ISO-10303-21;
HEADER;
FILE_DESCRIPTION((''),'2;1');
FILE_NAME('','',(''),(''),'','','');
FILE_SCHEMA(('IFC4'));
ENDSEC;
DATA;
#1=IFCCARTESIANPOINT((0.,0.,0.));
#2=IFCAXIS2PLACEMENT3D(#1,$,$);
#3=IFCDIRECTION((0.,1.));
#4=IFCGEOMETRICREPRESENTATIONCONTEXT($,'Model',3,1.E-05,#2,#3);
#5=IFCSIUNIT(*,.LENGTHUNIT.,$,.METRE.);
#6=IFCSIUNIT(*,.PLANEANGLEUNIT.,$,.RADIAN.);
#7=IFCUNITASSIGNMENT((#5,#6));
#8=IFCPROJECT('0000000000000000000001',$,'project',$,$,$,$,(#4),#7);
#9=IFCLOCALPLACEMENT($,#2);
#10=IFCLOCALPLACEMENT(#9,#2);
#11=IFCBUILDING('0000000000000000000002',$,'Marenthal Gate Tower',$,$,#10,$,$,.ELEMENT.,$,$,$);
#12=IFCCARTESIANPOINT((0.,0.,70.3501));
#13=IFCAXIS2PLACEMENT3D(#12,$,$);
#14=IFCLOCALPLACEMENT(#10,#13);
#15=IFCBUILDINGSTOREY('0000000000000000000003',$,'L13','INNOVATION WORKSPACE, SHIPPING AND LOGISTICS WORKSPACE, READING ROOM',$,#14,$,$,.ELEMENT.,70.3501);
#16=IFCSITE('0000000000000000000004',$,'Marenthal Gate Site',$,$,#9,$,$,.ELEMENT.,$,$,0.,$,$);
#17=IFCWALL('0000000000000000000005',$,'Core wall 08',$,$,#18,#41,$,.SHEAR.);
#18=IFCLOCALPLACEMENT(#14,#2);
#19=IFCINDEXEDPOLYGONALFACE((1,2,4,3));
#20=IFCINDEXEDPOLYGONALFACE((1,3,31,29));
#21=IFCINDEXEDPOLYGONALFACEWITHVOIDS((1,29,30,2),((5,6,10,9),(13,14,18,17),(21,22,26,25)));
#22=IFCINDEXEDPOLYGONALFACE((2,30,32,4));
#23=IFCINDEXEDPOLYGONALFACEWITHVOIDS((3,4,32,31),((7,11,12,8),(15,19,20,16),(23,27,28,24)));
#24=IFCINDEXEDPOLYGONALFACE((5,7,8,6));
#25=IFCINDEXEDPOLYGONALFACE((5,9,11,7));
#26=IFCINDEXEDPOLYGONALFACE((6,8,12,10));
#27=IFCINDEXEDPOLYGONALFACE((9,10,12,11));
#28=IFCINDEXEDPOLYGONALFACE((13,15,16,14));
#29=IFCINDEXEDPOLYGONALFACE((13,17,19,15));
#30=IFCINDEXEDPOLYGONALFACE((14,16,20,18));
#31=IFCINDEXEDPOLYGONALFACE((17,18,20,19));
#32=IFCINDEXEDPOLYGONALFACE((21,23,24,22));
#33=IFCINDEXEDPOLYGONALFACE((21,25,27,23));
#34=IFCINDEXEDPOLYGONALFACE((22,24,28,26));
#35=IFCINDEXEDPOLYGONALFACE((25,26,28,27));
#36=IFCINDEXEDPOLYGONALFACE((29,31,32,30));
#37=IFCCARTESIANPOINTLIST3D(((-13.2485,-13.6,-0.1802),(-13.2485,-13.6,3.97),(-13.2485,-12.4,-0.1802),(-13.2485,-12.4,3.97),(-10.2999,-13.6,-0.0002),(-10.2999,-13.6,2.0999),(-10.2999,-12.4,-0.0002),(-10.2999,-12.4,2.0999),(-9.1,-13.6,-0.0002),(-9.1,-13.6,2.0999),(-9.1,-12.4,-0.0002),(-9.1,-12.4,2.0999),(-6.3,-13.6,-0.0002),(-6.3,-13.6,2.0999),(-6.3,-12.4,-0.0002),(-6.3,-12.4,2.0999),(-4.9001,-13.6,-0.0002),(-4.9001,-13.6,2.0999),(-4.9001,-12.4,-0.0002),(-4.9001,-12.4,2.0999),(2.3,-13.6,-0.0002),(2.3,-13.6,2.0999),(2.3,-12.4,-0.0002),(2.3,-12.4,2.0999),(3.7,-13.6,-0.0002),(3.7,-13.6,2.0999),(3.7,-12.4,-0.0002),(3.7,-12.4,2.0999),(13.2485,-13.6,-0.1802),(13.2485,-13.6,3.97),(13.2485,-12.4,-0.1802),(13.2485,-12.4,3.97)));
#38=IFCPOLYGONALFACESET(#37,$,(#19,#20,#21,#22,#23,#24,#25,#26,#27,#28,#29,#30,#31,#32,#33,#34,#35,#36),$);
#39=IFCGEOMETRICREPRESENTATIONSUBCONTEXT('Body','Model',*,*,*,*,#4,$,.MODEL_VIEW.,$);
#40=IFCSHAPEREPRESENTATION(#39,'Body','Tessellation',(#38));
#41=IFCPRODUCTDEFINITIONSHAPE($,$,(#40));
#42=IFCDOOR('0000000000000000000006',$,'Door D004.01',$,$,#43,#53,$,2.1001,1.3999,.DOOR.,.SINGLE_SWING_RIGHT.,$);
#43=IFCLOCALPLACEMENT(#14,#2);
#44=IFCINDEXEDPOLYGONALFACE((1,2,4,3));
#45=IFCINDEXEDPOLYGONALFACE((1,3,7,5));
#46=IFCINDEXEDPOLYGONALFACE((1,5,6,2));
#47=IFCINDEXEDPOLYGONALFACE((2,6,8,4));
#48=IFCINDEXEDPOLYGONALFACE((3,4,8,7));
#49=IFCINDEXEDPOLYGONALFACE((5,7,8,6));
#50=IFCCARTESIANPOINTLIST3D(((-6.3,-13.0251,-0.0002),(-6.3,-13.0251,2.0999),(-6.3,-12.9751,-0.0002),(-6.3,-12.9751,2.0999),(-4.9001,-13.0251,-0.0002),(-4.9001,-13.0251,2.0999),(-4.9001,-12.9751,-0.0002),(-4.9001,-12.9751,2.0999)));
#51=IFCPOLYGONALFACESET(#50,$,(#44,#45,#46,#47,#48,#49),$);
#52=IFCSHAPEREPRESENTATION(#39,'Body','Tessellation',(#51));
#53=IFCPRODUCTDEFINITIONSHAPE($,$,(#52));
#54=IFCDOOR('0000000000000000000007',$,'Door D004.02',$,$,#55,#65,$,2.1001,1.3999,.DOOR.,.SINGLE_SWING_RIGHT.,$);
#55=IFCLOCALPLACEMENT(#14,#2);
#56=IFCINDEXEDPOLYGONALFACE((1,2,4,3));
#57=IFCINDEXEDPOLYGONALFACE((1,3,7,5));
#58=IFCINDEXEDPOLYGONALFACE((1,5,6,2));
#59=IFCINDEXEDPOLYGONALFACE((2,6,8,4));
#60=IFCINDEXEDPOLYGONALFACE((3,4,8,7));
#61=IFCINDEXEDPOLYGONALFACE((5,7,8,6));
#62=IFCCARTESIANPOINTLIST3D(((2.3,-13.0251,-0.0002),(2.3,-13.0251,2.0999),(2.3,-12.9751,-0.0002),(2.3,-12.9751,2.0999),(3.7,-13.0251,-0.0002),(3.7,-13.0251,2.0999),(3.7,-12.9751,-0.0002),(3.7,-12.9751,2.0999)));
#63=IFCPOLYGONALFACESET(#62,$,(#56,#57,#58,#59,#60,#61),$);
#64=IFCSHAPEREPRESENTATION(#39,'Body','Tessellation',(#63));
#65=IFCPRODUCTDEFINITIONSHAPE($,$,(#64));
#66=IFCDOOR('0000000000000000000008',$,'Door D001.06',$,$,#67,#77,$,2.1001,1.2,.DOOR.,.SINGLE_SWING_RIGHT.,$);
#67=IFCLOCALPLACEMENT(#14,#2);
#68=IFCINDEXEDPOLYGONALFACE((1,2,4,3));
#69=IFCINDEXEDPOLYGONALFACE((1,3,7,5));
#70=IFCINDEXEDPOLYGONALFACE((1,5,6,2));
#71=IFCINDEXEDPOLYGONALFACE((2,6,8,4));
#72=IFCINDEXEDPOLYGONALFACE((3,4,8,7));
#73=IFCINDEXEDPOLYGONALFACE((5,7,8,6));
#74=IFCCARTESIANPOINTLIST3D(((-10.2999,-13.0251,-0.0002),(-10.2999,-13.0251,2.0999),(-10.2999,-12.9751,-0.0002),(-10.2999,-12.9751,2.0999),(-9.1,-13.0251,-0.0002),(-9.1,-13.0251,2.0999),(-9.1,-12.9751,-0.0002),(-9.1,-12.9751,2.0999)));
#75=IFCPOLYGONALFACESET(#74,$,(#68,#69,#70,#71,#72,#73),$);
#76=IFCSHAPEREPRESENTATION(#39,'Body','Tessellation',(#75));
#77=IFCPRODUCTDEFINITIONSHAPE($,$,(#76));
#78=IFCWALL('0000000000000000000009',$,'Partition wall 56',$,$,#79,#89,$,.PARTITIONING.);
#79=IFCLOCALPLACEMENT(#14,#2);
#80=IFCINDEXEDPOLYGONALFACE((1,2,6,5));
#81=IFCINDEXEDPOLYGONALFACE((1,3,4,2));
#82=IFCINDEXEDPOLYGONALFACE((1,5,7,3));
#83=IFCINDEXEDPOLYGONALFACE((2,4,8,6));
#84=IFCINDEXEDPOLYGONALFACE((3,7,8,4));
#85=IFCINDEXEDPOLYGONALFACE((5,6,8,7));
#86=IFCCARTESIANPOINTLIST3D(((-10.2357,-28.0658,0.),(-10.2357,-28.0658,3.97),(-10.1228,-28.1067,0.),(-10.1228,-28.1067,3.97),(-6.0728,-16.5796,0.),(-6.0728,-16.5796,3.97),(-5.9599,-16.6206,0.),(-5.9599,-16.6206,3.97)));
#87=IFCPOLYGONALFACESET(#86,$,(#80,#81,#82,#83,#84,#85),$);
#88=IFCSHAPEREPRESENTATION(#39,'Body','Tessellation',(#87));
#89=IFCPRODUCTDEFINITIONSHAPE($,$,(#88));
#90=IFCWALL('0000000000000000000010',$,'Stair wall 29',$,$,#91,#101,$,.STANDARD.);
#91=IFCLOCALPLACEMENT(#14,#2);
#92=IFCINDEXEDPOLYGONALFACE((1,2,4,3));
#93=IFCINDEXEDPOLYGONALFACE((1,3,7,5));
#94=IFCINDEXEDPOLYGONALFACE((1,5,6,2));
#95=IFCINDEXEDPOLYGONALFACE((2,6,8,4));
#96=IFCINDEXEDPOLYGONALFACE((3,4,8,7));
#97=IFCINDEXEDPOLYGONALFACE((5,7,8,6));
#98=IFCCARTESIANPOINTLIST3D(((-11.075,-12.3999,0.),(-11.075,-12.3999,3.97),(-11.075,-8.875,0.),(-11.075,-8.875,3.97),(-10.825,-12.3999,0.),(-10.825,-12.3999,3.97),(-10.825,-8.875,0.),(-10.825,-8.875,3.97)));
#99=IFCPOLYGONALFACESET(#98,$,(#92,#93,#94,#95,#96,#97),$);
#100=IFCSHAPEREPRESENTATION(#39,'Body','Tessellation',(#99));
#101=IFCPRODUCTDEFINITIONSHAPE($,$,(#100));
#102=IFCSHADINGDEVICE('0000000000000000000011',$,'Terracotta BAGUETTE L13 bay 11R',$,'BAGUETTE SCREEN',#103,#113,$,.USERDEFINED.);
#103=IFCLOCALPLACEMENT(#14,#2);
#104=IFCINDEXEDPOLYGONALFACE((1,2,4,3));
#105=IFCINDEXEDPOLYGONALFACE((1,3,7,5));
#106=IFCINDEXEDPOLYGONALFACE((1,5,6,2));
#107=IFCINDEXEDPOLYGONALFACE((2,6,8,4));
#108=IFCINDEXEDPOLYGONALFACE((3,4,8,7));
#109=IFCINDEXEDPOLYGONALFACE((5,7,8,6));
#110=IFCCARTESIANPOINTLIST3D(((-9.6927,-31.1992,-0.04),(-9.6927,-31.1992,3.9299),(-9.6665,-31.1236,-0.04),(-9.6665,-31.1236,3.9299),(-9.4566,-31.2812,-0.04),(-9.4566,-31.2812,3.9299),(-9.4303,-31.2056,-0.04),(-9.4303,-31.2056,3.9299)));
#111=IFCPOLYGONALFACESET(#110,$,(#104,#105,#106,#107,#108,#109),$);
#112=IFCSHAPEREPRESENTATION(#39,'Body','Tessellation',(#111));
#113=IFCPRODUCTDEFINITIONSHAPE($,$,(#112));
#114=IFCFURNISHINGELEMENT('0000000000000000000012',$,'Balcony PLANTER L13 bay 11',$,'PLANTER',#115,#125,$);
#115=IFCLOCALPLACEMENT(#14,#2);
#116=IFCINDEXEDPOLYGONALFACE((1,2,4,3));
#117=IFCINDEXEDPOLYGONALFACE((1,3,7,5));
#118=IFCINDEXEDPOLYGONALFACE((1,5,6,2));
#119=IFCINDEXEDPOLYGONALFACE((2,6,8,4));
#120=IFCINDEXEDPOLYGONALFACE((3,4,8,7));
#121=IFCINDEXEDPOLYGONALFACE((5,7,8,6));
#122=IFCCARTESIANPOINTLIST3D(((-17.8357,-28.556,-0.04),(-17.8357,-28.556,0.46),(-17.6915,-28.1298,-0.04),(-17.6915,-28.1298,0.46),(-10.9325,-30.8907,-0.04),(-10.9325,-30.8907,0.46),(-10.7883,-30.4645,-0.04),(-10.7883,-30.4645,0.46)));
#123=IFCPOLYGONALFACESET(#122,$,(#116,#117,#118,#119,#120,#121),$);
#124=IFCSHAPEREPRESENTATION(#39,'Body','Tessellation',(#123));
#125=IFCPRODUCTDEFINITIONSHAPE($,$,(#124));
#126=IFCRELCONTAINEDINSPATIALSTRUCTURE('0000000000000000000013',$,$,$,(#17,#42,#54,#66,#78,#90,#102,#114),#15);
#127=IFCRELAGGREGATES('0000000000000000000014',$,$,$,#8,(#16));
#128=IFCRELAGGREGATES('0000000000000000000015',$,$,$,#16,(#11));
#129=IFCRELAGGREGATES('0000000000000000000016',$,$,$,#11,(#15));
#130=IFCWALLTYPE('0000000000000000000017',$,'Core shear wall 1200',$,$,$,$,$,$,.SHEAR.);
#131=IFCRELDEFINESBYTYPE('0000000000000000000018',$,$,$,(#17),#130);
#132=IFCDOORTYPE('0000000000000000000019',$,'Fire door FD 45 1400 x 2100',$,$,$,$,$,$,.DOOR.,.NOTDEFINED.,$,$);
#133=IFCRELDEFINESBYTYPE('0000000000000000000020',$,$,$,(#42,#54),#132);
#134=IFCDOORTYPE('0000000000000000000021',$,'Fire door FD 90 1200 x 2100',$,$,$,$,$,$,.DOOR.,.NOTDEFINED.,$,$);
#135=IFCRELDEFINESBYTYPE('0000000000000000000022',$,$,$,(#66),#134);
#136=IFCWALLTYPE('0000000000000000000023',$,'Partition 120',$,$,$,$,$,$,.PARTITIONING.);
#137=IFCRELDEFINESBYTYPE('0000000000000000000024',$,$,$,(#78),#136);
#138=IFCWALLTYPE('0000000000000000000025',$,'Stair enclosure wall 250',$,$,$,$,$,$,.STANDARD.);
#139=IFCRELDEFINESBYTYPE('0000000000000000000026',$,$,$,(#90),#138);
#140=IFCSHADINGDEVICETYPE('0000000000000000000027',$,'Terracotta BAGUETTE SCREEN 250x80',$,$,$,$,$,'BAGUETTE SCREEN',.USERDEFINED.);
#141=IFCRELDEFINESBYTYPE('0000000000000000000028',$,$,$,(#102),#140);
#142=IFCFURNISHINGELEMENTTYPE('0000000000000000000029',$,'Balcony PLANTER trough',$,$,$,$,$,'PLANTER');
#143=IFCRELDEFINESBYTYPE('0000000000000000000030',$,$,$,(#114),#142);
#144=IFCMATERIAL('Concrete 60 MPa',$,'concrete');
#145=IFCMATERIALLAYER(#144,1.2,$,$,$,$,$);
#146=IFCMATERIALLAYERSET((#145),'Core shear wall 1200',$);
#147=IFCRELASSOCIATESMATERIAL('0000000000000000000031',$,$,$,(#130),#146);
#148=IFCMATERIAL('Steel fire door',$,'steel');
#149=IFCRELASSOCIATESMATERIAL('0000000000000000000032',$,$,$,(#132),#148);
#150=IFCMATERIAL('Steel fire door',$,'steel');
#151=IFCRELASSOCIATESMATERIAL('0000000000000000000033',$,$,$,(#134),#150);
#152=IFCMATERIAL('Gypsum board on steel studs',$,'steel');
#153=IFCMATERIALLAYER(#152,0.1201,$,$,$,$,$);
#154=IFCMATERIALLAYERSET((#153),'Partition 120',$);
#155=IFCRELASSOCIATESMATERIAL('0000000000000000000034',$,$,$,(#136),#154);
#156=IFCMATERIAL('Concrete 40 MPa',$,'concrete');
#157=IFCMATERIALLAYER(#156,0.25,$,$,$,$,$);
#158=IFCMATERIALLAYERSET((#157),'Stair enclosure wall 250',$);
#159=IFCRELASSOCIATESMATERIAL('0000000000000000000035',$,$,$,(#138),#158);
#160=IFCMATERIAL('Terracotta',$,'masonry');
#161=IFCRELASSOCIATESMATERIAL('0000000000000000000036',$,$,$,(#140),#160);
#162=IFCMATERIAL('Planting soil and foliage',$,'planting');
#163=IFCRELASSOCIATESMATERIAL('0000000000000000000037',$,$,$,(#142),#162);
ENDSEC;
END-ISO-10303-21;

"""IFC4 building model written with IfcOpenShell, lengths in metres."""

from ifc_helpers import new_model, si_unit, direction, frame, frame_2d, origin, origin_2d, place, context, subcontext, project, spatial, rectangle, extrude, material, layer, layer_set, material_profile, profile_set, type_object, element, fill, save


model = new_model("IFC4")

# Units and contexts
model_context = context("Model", 3, precision=1e-05, world=origin(), true_north=direction((0.0, 1.0)))
body_context = subcontext(model_context, "Body", "Model", "MODEL_VIEW")
ifc_project = project(units=[si_unit("LENGTHUNIT", "METRE"), si_unit("PLANEANGLEUNIT", "RADIAN")], contexts=[model_context])

# Site, building, storey
site_placement = place(None, origin())
site = spatial("IfcSite", under=ifc_project, at=site_placement, Name="Marenthal Gate Site", CompositionType="ELEMENT", RefElevation=0.0)
building_placement = place(site_placement, origin())
building = spatial("IfcBuilding", under=site, at=building_placement, Name="Marenthal Gate Tower", CompositionType="ELEMENT")
storey_placement = place(building_placement, frame((0.0, 0.0, 70.3501)))
storey = spatial("IfcBuildingStorey", under=building, at=storey_placement, Name="L13", Description="INNOVATION WORKSPACE, SHIPPING AND LOGISTICS WORKSPACE, READING ROOM", CompositionType="ELEMENT", Elevation=70.3501)

# Wall, openings, doors
ifc_material_1 = material(Name="Concrete 60 MPa", Category="concrete")
ifc_layer_1 = layer(ifc_material_1, 1.2)
ifc_layer_set_1 = layer_set([ifc_layer_1], Name="Core shear wall 1200")
wall_type_1 = type_object("IfcWallType", Name="Core shear wall 1200", PredefinedType="SHEAR", material=ifc_layer_set_1)
wall_1_placement = place(storey_placement, frame((-13.2485, -13.0, -0.1802), z_axis=(0.0, 0.0, 1.0), x_axis=(1.0, 0.0, 0.0)))
wall_1 = element("IfcWall", 1, at=wall_1_placement, inside=storey, type_object=wall_type_1, Name="Core wall 08", PredefinedType="SHEAR", context=body_context, shape_type="SweptSolid", body=[
    extrude(rectangle(XDim=26.4971, YDim=1.2, at=frame_2d((13.2485, 0.0))), origin(), (0.0, 0.0, 1.0), 4.1501),
])
opening_1_placement = place(wall_1_placement, frame((2.9485, 0.0, 0.1799)))
opening_1 = element("IfcOpeningElement", 2, at=opening_1_placement, cuts=wall_1, PredefinedType="OPENING", context=body_context, shape_type="SweptSolid", body=[
    extrude(rectangle(XDim=1.2, YDim=2.1001, at=frame_2d((0.6001, 1.05))), frame((0.0, 0.6099, 0.0), z_axis=(0.0, -1.0, 0.0), x_axis=(1.0, 0.0, 0.0)), (0.0, 0.0, 1.0), 1.22),
])
opening_2_placement = place(wall_1_placement, frame((6.9485, 0.0, 0.1799)))
opening_2 = element("IfcOpeningElement", 3, at=opening_2_placement, cuts=wall_1, PredefinedType="OPENING", context=body_context, shape_type="SweptSolid", body=[
    extrude(rectangle(XDim=1.3999, YDim=2.1001, at=frame_2d((0.7, 1.05))), frame((0.0, 0.6099, 0.0), z_axis=(0.0, -1.0, 0.0), x_axis=(1.0, 0.0, 0.0)), (0.0, 0.0, 1.0), 1.22),
])
opening_3_placement = place(wall_1_placement, frame((15.5486, 0.0, 0.1799)))
opening_3 = element("IfcOpeningElement", 4, at=opening_3_placement, cuts=wall_1, PredefinedType="OPENING", context=body_context, shape_type="SweptSolid", body=[
    extrude(rectangle(XDim=1.3999, YDim=2.1001, at=frame_2d((0.7, 1.05))), frame((0.0, 0.6099, 0.0), z_axis=(0.0, -1.0, 0.0), x_axis=(1.0, 0.0, 0.0)), (0.0, 0.0, 1.0), 1.22),
])
ifc_material_2 = material(Name="Steel fire door", Category="steel")
door_type_1 = type_object("IfcDoorType", Name="Fire door FD 45 1400 x 2100", OperationType="NOTDEFINED", PredefinedType="DOOR", material=ifc_material_2)
door_1_placement = place(opening_2_placement, origin())
door_1 = element("IfcDoor", 5, at=door_1_placement, inside=storey, type_object=door_type_1, Name="Door D004.01", OperationType="SINGLE_SWING_RIGHT", OverallHeight=2.1001, OverallWidth=1.3999, PredefinedType="DOOR", context=body_context, shape_type="SweptSolid", body=[
    extrude(rectangle(XDim=1.3999, YDim=2.1001, at=frame_2d((0.7, 1.05))), frame((0.0, 0.0249, 0.0), z_axis=(0.0, -1.0, 0.0), x_axis=(1.0, 0.0, 0.0)), (0.0, 0.0, 1.0), 0.05),
])
fill(opening_2, door_1)
door_2_placement = place(opening_3_placement, origin())
door_2 = element("IfcDoor", 6, at=door_2_placement, inside=storey, type_object=door_type_1, Name="Door D004.02", OperationType="SINGLE_SWING_RIGHT", OverallHeight=2.1001, OverallWidth=1.3999, PredefinedType="DOOR", context=body_context, shape_type="SweptSolid", body=[
    extrude(rectangle(XDim=1.3999, YDim=2.1001, at=frame_2d((0.7, 1.05))), frame((0.0, 0.0249, 0.0), z_axis=(0.0, -1.0, 0.0), x_axis=(1.0, 0.0, 0.0)), (0.0, 0.0, 1.0), 0.05),
])
fill(opening_3, door_2)
ifc_material_3 = material(Name="Steel fire door", Category="steel")
door_type_2 = type_object("IfcDoorType", Name="Fire door FD 90 1200 x 2100", OperationType="NOTDEFINED", PredefinedType="DOOR", material=ifc_material_3)
door_3_placement = place(opening_1_placement, origin())
door_3 = element("IfcDoor", 7, at=door_3_placement, inside=storey, type_object=door_type_2, Name="Door D001.06", OperationType="SINGLE_SWING_RIGHT", OverallHeight=2.1001, OverallWidth=1.2, PredefinedType="DOOR", context=body_context, shape_type="SweptSolid", body=[
    extrude(rectangle(XDim=1.2, YDim=2.1001, at=frame_2d((0.6001, 1.05))), frame((0.0, 0.0249, 0.0), z_axis=(0.0, -1.0, 0.0), x_axis=(1.0, 0.0, 0.0)), (0.0, 0.0, 1.0), 0.05),
])
fill(opening_1, door_3)

# Walls
ifc_material_4 = material(Name="Gypsum board on steel studs", Category="steel")
ifc_layer_2 = layer(ifc_material_4, 0.1201)
ifc_layer_set_2 = layer_set([ifc_layer_2], Name="Partition 120")
wall_type_2 = type_object("IfcWallType", Name="Partition 120", PredefinedType="PARTITIONING", material=ifc_layer_set_2)
wall_2_placement = place(storey_placement, frame((-6.0164, -16.6001, 0.0), z_axis=(0.0, 0.0, 1.0), x_axis=(-0.340737, -0.940159, 0.0)))
element("IfcWall", 8, at=wall_2_placement, inside=storey, type_object=wall_type_2, Name="Partition wall 56", PredefinedType="PARTITIONING", context=body_context, shape_type="SweptSolid", body=[
    extrude(rectangle(XDim=12.2173, YDim=0.1201, at=frame_2d((6.1086, 0.0))), origin(), (0.0, 0.0, 1.0), 3.97),
])
ifc_material_5 = material(Name="Concrete 40 MPa", Category="concrete")
ifc_layer_3 = layer(ifc_material_5, 0.25)
ifc_layer_set_3 = layer_set([ifc_layer_3], Name="Stair enclosure wall 250")
wall_type_3 = type_object("IfcWallType", Name="Stair enclosure wall 250", PredefinedType="STANDARD", material=ifc_layer_set_3)
wall_3_placement = place(storey_placement, frame((-10.95, -12.3999, 0.0), z_axis=(0.0, 0.0, 1.0), x_axis=(0.0, 1.0, 0.0)))
element("IfcWall", 9, at=wall_3_placement, inside=storey, type_object=wall_type_3, Name="Stair wall 29", PredefinedType="STANDARD", context=body_context, shape_type="SweptSolid", body=[
    extrude(rectangle(XDim=3.5249, YDim=0.25, at=frame_2d((1.7625, 0.0))), origin(), (0.0, 0.0, 1.0), 3.97),
])

# Shading device
ifc_material_6 = material(Name="Terracotta", Category="masonry")
ifc_material_profile_1 = material_profile(ifc_material_6, rectangle(XDim=0.25, YDim=0.0801, at=origin_2d()), Name="Terracotta baguette 250x80")
ifc_profile_set_1 = profile_set([ifc_material_profile_1], Name="Terracotta")
shading_device_type = type_object("IfcShadingDeviceType", Name="Terracotta BAGUETTE SCREEN 250x80", ElementType="BAGUETTE SCREEN", PredefinedType="USERDEFINED", material=ifc_profile_set_1)
shading_device_placement = place(storey_placement, frame((-9.5615, -31.2024, -0.04), z_axis=(0.0, 0.0, 1.0), x_axis=(0.944657, -0.328061, 0.0)))
element("IfcShadingDevice", 10, at=shading_device_placement, inside=storey, type_object=shading_device_type, Name="Terracotta BAGUETTE L13 bay 11R", ObjectType="BAGUETTE SCREEN", PredefinedType="USERDEFINED", context=body_context, shape_type="SweptSolid", body=[
    extrude(rectangle(XDim=0.25, YDim=0.0801, at=origin_2d()), origin(), (0.0, 0.0, 1.0), 3.97),
])

# Furnishing element
ifc_material_7 = material(Name="Planting soil and foliage", Category="planting")
furnishing_element_type = type_object("IfcFurnishingElementType", Name="Balcony PLANTER trough", ElementType="PLANTER", material=ifc_material_7)
furnishing_placement = place(storey_placement, frame((-14.312, -29.5103, -0.04), z_axis=(0.0, 0.0, 1.0), x_axis=(0.947289, -0.320381, 0.0)))
element("IfcFurnishingElement", 11, at=furnishing_placement, inside=storey, type_object=furnishing_element_type, Name="Balcony PLANTER L13 bay 11", ObjectType="PLANTER", context=body_context, shape_type="SweptSolid", body=[
    extrude(rectangle(XDim=7.2874, YDim=0.45, at=origin_2d()), origin(), (0.0, 0.0, 1.0), 0.5),
])

save(model, "model.ifc")
